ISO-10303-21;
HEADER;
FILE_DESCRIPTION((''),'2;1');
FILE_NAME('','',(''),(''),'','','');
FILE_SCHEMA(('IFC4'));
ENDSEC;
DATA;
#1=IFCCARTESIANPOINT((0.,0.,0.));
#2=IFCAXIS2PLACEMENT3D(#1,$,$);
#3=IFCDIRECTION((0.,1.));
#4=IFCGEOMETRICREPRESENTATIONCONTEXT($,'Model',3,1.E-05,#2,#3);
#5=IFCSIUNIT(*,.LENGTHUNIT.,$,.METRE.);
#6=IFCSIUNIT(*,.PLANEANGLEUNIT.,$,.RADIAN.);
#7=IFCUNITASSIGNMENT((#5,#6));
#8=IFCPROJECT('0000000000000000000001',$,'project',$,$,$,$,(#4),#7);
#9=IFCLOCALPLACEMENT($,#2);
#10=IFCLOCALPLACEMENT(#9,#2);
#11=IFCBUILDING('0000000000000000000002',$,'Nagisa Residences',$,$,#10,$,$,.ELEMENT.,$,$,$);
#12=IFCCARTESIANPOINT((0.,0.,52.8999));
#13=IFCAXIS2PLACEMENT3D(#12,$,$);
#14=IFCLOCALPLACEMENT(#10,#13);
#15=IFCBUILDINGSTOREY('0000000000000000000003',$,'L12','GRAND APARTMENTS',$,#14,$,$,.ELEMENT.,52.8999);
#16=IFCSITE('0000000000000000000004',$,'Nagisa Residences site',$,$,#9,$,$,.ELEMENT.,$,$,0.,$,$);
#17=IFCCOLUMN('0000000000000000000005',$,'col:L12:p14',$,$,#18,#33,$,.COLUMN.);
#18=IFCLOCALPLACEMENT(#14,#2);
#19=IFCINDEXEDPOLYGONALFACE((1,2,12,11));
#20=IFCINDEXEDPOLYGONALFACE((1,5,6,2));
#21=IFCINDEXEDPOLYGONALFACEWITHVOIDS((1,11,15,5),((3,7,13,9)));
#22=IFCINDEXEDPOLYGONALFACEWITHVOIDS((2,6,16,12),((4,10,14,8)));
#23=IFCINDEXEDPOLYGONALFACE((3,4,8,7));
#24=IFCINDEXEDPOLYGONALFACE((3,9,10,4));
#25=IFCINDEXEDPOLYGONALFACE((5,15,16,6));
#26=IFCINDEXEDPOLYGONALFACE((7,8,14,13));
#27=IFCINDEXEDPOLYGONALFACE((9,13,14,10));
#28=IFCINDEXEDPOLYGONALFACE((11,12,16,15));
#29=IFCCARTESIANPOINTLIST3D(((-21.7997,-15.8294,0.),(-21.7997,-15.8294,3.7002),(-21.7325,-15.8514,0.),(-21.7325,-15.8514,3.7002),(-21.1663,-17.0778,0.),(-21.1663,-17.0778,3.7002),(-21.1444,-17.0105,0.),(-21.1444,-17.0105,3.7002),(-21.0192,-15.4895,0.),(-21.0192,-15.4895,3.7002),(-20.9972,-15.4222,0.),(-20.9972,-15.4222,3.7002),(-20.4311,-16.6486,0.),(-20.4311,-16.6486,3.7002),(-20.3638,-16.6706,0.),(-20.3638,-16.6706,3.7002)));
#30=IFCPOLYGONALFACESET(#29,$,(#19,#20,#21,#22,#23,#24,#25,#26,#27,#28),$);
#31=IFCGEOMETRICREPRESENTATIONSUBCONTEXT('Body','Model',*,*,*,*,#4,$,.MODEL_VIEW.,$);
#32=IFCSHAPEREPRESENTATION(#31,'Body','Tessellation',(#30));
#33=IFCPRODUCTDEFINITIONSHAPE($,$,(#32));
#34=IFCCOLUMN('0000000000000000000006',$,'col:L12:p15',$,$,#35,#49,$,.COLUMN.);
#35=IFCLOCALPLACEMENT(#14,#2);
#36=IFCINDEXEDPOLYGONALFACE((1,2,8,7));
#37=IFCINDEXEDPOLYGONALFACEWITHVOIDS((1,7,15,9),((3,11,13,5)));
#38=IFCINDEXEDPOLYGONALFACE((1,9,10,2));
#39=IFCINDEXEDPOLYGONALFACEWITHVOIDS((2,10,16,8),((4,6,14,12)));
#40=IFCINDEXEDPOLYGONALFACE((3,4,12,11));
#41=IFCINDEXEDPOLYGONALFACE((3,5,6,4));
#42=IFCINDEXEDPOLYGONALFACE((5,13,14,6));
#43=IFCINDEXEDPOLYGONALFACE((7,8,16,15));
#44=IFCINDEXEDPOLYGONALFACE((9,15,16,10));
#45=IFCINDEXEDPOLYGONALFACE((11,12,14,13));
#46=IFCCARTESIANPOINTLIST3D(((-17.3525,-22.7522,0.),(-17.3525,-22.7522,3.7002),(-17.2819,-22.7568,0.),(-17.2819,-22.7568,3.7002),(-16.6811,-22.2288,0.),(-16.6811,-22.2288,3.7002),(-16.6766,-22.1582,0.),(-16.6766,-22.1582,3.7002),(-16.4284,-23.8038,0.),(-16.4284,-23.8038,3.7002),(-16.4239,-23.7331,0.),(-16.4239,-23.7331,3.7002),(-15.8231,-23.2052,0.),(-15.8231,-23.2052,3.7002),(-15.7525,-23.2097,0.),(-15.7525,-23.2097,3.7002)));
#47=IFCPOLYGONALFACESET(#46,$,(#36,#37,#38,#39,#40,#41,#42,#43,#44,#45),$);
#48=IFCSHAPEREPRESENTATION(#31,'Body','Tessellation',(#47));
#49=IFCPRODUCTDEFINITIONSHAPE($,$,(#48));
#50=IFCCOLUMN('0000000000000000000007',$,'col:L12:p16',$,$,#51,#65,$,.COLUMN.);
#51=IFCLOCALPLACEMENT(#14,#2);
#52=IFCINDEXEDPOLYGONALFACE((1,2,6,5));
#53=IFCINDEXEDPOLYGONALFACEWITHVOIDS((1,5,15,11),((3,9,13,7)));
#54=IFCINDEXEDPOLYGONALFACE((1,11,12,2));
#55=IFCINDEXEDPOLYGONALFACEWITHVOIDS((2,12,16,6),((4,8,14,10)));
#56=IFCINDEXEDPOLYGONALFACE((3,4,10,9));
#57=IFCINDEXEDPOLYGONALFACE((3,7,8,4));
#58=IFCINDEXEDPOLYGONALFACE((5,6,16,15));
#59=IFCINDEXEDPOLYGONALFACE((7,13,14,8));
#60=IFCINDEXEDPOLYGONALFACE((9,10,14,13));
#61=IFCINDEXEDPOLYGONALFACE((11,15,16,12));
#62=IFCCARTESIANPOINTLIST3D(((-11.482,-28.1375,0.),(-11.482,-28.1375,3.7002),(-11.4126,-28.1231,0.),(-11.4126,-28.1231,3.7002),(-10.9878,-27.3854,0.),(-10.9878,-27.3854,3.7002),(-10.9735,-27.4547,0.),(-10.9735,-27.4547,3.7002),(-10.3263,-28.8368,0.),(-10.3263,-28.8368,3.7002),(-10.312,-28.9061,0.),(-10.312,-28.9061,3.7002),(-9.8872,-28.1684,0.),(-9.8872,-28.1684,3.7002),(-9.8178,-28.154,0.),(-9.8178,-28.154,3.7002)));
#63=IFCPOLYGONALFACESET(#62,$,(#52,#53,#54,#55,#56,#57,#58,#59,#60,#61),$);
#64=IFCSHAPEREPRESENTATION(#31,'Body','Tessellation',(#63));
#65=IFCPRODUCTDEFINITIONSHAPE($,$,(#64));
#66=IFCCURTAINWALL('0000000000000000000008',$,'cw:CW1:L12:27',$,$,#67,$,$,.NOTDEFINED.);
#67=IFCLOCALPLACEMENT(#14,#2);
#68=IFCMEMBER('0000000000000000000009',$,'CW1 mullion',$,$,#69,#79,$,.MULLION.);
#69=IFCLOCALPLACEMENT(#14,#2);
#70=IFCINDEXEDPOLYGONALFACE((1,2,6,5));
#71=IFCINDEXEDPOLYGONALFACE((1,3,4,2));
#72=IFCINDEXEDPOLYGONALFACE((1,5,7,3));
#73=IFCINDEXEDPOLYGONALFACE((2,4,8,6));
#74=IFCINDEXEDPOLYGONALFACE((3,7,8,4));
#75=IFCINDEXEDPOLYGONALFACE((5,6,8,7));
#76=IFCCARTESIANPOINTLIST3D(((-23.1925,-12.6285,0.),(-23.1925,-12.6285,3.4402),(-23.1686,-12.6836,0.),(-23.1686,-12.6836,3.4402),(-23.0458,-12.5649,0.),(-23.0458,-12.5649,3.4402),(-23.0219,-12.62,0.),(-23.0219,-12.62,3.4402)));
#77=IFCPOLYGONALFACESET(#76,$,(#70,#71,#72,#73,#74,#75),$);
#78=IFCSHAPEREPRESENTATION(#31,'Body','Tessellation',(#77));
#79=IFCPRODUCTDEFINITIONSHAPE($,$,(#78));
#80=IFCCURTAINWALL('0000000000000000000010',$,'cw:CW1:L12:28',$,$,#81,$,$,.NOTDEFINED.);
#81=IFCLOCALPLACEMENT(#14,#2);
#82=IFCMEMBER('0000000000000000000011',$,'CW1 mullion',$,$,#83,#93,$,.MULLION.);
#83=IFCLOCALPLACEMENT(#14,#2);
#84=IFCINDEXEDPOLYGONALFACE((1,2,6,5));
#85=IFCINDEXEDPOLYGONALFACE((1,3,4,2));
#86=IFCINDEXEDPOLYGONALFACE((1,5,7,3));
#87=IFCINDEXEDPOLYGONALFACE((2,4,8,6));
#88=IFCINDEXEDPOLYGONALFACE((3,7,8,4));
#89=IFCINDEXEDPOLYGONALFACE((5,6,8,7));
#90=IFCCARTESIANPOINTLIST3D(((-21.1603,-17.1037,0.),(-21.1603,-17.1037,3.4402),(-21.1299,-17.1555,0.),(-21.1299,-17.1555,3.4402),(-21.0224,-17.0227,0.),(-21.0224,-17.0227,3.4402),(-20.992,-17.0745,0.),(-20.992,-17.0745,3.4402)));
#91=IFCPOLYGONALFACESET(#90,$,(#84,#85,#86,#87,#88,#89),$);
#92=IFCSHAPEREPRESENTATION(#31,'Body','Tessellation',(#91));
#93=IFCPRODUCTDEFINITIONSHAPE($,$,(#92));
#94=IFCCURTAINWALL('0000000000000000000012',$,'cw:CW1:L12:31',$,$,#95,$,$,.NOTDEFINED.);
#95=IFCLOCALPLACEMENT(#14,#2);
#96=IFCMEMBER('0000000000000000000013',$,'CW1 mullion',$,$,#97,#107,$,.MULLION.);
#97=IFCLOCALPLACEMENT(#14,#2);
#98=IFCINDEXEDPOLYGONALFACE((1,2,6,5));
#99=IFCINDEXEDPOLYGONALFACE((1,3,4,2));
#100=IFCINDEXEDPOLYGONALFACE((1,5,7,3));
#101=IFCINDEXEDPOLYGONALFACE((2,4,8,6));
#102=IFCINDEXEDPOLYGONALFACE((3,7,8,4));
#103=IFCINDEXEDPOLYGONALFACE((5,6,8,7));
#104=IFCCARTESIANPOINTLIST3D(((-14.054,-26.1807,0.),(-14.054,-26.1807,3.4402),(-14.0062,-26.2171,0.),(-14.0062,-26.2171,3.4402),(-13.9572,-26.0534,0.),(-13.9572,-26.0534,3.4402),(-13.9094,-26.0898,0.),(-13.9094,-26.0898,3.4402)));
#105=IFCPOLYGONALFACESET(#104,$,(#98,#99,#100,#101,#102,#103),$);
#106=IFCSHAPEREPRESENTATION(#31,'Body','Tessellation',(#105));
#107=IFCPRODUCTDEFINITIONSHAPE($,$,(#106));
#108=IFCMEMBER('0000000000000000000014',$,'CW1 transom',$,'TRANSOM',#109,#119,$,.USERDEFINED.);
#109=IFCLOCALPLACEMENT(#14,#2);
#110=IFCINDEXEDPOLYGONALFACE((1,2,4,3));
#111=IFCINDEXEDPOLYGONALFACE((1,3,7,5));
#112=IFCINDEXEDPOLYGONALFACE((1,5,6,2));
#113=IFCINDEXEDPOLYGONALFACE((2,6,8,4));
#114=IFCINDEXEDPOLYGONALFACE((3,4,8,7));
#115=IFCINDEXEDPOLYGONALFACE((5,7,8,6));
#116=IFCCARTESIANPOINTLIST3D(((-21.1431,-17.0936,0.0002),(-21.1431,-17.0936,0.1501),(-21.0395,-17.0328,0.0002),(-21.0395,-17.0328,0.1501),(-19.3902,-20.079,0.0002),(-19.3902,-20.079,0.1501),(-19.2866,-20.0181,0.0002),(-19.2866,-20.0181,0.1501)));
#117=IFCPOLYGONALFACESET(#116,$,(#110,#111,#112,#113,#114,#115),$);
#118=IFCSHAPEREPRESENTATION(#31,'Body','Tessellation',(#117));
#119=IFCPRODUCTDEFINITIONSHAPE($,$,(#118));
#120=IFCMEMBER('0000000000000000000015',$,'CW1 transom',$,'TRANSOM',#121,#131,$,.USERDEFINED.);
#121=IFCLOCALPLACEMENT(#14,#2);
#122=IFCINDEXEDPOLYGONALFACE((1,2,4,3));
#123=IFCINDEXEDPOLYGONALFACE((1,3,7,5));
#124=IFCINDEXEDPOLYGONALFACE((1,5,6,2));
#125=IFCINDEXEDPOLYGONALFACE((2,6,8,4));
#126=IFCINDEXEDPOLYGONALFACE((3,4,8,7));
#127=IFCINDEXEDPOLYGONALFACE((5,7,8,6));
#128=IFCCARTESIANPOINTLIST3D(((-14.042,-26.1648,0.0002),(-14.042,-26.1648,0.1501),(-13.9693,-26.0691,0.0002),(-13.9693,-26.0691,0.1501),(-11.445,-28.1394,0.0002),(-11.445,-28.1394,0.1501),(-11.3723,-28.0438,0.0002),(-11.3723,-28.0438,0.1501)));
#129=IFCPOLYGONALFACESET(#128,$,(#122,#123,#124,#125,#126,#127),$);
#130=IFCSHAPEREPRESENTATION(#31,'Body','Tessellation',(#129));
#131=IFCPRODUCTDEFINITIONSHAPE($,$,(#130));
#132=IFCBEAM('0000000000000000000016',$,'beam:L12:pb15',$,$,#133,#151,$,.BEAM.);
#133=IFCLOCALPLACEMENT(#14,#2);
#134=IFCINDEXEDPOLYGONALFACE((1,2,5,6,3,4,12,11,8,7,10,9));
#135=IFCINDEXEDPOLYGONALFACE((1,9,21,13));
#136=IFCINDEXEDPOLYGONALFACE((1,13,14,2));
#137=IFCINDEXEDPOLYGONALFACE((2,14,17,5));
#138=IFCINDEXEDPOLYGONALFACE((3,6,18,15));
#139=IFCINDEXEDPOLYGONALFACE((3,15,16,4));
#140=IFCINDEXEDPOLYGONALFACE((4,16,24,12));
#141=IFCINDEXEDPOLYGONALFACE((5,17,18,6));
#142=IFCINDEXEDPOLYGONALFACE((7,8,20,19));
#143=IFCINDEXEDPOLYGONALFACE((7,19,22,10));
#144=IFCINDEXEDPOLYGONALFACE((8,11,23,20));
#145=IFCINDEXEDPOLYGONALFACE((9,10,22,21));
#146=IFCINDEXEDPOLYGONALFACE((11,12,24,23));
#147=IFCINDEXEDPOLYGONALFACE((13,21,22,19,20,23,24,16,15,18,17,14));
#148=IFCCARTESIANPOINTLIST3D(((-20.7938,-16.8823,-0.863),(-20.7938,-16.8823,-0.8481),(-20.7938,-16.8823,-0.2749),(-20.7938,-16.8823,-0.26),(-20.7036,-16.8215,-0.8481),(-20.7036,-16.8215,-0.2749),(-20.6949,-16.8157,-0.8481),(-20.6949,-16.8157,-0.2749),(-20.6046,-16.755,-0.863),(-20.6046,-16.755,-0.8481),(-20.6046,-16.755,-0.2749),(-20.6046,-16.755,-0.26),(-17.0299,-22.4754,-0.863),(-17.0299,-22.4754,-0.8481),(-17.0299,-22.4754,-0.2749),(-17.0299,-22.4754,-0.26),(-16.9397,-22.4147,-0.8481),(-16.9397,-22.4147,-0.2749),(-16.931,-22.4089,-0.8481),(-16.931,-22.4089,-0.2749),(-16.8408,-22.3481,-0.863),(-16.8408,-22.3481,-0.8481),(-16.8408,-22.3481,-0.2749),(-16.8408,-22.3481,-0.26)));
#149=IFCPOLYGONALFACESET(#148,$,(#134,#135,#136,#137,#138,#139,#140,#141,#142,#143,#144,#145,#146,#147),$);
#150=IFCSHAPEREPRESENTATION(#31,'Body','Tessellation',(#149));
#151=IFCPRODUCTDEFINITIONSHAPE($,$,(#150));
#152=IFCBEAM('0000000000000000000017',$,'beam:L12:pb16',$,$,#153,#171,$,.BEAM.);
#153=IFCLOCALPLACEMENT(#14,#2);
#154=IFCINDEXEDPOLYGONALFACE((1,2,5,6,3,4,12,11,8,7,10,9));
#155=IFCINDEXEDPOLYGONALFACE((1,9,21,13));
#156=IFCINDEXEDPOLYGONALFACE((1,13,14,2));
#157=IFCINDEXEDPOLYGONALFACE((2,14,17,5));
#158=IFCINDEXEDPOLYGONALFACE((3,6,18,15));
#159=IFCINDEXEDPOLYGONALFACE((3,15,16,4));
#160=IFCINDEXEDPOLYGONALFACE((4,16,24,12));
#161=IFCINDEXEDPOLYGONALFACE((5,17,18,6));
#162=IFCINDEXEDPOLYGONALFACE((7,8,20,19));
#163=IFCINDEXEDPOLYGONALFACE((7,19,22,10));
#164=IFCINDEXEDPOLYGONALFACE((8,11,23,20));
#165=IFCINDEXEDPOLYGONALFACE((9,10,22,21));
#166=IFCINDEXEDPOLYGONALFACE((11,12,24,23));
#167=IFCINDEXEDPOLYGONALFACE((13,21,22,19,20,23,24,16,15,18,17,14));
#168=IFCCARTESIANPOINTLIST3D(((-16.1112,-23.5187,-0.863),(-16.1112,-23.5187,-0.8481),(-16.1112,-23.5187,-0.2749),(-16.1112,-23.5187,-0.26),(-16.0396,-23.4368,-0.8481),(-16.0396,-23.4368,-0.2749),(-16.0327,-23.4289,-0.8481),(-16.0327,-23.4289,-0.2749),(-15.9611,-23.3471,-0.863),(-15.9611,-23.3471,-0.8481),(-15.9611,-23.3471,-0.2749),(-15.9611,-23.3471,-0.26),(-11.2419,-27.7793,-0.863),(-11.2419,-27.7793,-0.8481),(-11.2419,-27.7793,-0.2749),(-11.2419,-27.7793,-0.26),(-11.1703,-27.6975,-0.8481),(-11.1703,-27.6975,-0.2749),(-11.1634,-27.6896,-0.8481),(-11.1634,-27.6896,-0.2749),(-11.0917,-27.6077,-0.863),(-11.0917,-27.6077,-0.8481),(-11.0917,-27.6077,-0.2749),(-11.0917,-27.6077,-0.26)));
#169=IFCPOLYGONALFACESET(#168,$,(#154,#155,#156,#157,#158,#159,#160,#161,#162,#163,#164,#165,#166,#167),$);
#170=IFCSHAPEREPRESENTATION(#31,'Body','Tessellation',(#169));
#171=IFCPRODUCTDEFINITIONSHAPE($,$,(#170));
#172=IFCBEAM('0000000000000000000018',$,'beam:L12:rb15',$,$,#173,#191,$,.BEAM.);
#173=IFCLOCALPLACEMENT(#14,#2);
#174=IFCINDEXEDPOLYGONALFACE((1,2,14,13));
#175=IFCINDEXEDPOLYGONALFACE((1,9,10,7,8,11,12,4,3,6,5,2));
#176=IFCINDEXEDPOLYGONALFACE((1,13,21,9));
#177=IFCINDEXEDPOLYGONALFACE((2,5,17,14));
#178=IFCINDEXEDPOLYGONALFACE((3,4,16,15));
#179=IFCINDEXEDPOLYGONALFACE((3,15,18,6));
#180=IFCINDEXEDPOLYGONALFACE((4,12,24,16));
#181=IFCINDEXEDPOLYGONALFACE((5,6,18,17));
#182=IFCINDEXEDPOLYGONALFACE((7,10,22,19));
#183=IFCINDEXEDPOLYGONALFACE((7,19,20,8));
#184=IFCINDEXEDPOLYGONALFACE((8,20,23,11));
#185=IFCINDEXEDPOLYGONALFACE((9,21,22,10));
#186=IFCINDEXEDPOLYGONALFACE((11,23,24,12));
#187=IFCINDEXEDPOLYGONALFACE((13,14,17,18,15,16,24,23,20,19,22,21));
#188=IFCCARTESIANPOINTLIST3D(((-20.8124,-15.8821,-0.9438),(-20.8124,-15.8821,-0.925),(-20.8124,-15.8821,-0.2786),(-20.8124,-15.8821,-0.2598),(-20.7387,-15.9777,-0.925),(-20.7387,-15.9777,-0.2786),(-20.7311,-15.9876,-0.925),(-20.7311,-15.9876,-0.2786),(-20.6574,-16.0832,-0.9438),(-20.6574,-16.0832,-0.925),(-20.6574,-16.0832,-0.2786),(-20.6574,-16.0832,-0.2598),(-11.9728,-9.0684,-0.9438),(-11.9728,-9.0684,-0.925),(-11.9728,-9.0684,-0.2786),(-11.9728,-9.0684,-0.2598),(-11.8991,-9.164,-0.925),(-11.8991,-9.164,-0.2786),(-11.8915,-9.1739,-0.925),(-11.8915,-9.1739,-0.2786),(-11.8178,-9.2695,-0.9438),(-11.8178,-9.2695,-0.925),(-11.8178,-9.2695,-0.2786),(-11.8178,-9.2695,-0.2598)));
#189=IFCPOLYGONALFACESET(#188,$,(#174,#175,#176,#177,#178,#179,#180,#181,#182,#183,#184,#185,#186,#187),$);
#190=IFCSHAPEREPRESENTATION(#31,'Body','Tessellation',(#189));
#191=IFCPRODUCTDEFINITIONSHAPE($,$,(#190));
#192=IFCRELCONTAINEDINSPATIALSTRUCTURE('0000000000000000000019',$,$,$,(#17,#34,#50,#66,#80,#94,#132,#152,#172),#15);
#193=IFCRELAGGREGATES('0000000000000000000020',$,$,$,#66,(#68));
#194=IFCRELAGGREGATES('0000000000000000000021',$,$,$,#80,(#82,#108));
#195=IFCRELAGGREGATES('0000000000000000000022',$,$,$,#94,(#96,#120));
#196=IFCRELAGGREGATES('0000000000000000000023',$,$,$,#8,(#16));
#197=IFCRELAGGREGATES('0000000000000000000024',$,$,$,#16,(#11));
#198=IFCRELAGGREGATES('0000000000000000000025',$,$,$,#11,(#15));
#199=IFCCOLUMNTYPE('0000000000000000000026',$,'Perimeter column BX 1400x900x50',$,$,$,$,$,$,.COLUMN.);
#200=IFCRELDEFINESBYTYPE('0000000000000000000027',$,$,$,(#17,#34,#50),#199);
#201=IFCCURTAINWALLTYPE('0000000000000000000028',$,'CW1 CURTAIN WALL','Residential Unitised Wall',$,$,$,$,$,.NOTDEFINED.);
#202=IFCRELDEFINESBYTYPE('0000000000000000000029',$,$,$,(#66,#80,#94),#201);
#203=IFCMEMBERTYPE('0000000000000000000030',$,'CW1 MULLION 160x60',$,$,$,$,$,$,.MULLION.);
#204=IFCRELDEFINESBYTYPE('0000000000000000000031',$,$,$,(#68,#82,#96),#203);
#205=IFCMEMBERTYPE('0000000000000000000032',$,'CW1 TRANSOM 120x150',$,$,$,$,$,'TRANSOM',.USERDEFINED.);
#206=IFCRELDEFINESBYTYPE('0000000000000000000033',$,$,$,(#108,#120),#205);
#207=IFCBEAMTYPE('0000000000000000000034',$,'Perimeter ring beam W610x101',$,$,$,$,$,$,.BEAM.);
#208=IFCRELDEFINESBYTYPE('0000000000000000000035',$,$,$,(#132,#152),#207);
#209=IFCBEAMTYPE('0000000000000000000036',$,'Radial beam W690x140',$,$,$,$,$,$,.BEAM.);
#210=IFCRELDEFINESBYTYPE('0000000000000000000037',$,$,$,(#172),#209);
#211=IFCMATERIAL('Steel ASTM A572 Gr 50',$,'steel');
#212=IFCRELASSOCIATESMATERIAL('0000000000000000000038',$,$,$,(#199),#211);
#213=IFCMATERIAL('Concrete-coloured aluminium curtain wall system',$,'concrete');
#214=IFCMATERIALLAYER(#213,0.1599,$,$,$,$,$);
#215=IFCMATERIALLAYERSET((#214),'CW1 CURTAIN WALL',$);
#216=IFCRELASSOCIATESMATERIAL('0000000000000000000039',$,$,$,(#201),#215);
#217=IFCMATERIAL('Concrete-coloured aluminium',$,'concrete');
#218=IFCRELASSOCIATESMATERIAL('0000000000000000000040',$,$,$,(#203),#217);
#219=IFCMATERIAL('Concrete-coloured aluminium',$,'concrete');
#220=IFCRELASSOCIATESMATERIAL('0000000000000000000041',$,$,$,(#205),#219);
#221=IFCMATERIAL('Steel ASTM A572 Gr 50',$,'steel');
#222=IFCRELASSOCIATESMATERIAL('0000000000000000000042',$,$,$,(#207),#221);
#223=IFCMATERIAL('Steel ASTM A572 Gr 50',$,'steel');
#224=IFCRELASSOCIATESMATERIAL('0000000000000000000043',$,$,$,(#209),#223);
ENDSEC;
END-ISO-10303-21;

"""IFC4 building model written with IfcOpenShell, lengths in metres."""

from ifc_helpers import new_model, si_unit, direction, frame, origin, origin_2d, place, context, subcontext, project, spatial, rectangle, hollow_rectangle, i_section, extrude, material, layer, layer_set, material_profile, profile_set, type_object, element, aggregate, save


model = new_model("IFC4")

# Units and contexts
model_context = context("Model", 3, precision=1e-05, world=origin(), true_north=direction((0.0, 1.0)))
body_context = subcontext(model_context, "Body", "Model", "MODEL_VIEW")
ifc_project = project(units=[si_unit("LENGTHUNIT", "METRE"), si_unit("PLANEANGLEUNIT", "RADIAN")], contexts=[model_context])

# Site, building, storey
site_placement = place(None, origin())
site = spatial("IfcSite", under=ifc_project, at=site_placement, Name="Nagisa Residences site", CompositionType="ELEMENT", RefElevation=0.0)
building_placement = place(site_placement, origin())
building = spatial("IfcBuilding", under=site, at=building_placement, Name="Nagisa Residences", CompositionType="ELEMENT")
storey_placement = place(building_placement, frame((0.0, 0.0, 52.8999)))
storey = spatial("IfcBuildingStorey", under=building, at=storey_placement, Name="L12", Description="GRAND APARTMENTS", CompositionType="ELEMENT", Elevation=52.8999)

# Columns
ifc_material_1 = material(Name="Steel ASTM A572 Gr 50", Category="steel")
ifc_material_profile_1 = material_profile(ifc_material_1, hollow_rectangle(XDim=1.3999, YDim=0.8999, WallThickness=0.05, at=origin_2d()), Name="BX 1400x900x50")
ifc_profile_set_1 = profile_set([ifc_material_profile_1], Name="Steel ASTM A572 Gr 50")
column_type = type_object("IfcColumnType", Name="Perimeter column BX 1400x900x50", PredefinedType="COLUMN", material=ifc_profile_set_1)
for number, where, z_axis, x_axis, name in (
    (1, (-21.0818, -16.25, 0.0), (0.0, 0.0, 1.0), (0.452463, -0.891783, 0.0), "col:L12:p14"),
    (2, (-16.5525, -22.981, 0.0), (0.0, 0.0, 1.0), (0.660115, -0.751165, 0.0), "col:L12:p15"),
    (3, (-10.6499, -28.1458, 0.0), (0.0, 0.0, 1.0), (0.835766, -0.549086, 0.0), "col:L12:p16"),
):
    element("IfcColumn", number, at=place(storey_placement, frame(where, z_axis=z_axis, x_axis=x_axis)), inside=storey, type_object=column_type, Name=name, PredefinedType="COLUMN", context=body_context, shape_type="SweptSolid", body=[
        extrude(hollow_rectangle(XDim=1.3999, YDim=0.8999, WallThickness=0.05, at=origin_2d()), origin(), (0.0, 0.0, 1.0), 3.7002),
    ])

# Curtain walls, members
ifc_material_2 = material(Name="Concrete-coloured aluminium curtain wall system", Category="concrete")
ifc_layer_1 = layer(ifc_material_2, 0.1599)
ifc_layer_set_1 = layer_set([ifc_layer_1], Name="CW1 CURTAIN WALL")
curtain_wall_type = type_object("IfcCurtainWallType", Name="CW1 CURTAIN WALL", Description="Residential Unitised Wall", PredefinedType="NOTDEFINED", material=ifc_layer_set_1)
curtain_wall_1_placement = place(storey_placement, origin())
curtain_wall_1 = element("IfcCurtainWall", 4, at=curtain_wall_1_placement, inside=storey, type_object=curtain_wall_type, Name="cw:CW1:L12:27", PredefinedType="NOTDEFINED")
ifc_material_3 = material(Name="Concrete-coloured aluminium", Category="concrete")
ifc_material_profile_2 = material_profile(ifc_material_3, rectangle(XDim=0.1599, YDim=0.0601, at=origin_2d()), Name="CW1 MULLION 160x60")
ifc_profile_set_2 = profile_set([ifc_material_profile_2], Name="Concrete-coloured aluminium")
member_type_1 = type_object("IfcMemberType", Name="CW1 MULLION 160x60", PredefinedType="MULLION", material=ifc_profile_set_2)
member_1_placement = place(storey_placement, frame((-23.1072, -12.6243, 0.0), z_axis=(0.0, 0.0, 1.0), x_axis=(0.917543, 0.397636, 0.0)))
member_1 = element("IfcMember", 5, at=member_1_placement, type_object=member_type_1, Name="CW1 mullion", PredefinedType="MULLION", context=body_context, shape_type="SweptSolid", body=[
    extrude(rectangle(XDim=0.1599, YDim=0.0601, at=origin_2d()), origin(), (0.0, 0.0, 1.0), 3.4402),
])
curtain_wall_2_placement = place(storey_placement, origin())
curtain_wall_2 = element("IfcCurtainWall", 6, at=curtain_wall_2_placement, inside=storey, type_object=curtain_wall_type, Name="cw:CW1:L12:28", PredefinedType="NOTDEFINED")
member_2_placement = place(storey_placement, frame((-21.0762, -17.0891, 0.0), z_axis=(0.0, 0.0, 1.0), x_axis=(0.862329, 0.506349, 0.0)))
member_2 = element("IfcMember", 7, at=member_2_placement, type_object=member_type_1, Name="CW1 mullion", PredefinedType="MULLION", context=body_context, shape_type="SweptSolid", body=[
    extrude(rectangle(XDim=0.1599, YDim=0.0601, at=origin_2d()), origin(), (0.0, 0.0, 1.0), 3.4402),
])
curtain_wall_3_placement = place(storey_placement, origin())
curtain_wall_3 = element("IfcCurtainWall", 8, at=curtain_wall_3_placement, inside=storey, type_object=curtain_wall_type, Name="cw:CW1:L12:31", PredefinedType="NOTDEFINED")
member_3_placement = place(storey_placement, frame((-13.9817, -26.1353, 0.0), z_axis=(0.0, 0.0, 1.0), x_axis=(0.605255, 0.796031, 0.0)))
member_3 = element("IfcMember", 9, at=member_3_placement, type_object=member_type_1, Name="CW1 mullion", PredefinedType="MULLION", context=body_context, shape_type="SweptSolid", body=[
    extrude(rectangle(XDim=0.1599, YDim=0.0601, at=origin_2d()), origin(), (0.0, 0.0, 1.0), 3.4402),
])

# Members
ifc_material_4 = material(Name="Concrete-coloured aluminium", Category="concrete")
ifc_material_profile_3 = material_profile(ifc_material_4, rectangle(XDim=0.1201, YDim=0.1499, at=origin_2d()), Name="CW1 TRANSOM 120x150")
ifc_profile_set_3 = profile_set([ifc_material_profile_3], Name="Concrete-coloured aluminium")
member_type_2 = type_object("IfcMemberType", Name="CW1 TRANSOM 120x150", ElementType="TRANSOM", PredefinedType="USERDEFINED", material=ifc_profile_set_3)
member_4_placement = place(storey_placement, frame((-21.0913, -17.0632, 0.0752), z_axis=(0.506342, -0.862333, 0.0), x_axis=(0.862333, 0.506342, 0.0)))
member_4 = element("IfcMember", 10, at=member_4_placement, type_object=member_type_2, Name="CW1 transom", ObjectType="TRANSOM", PredefinedType="USERDEFINED", context=body_context, shape_type="SweptSolid", body=[
    extrude(rectangle(XDim=0.1201, YDim=0.1499, at=origin_2d()), origin(), (0.0, 0.0, 1.0), 3.4619),
])
member_5_placement = place(storey_placement, frame((-14.0056, -26.1169, 0.0752), z_axis=(0.796022, -0.605267, 0.0), x_axis=(0.605267, 0.796022, 0.0)))
member_5 = element("IfcMember", 11, at=member_5_placement, type_object=member_type_2, Name="CW1 transom", ObjectType="TRANSOM", PredefinedType="USERDEFINED", context=body_context, shape_type="SweptSolid", body=[
    extrude(rectangle(XDim=0.1201, YDim=0.1499, at=origin_2d()), origin(), (0.0, 0.0, 1.0), 3.2625),
])

# Beams
ifc_material_5 = material(Name="Steel ASTM A572 Gr 50", Category="steel")
ifc_material_profile_4 = material_profile(ifc_material_5, i_section(OverallWidth=0.228, OverallDepth=0.603, WebThickness=0.0105, FlangeThickness=0.0149, at=origin_2d()), Name="W610x101")
ifc_profile_set_4 = profile_set([ifc_material_profile_4], Name="Steel ASTM A572 Gr 50")
beam_type_1 = type_object("IfcBeamType", Name="Perimeter ring beam W610x101", PredefinedType="BEAM", material=ifc_profile_set_4)
beam_1_placement = place(storey_placement, frame((-20.6992, -16.8186, -0.5615), z_axis=(0.558297, -0.829641, 0.0), x_axis=(0.829641, 0.558297, 0.0)))
element("IfcBeam", 12, at=beam_1_placement, inside=storey, type_object=beam_type_1, Name="beam:L12:pb15", PredefinedType="BEAM", context=body_context, shape_type="SweptSolid", body=[
    extrude(i_section(OverallWidth=0.228, OverallDepth=0.603, WebThickness=0.0105, FlangeThickness=0.0149, at=origin_2d()), origin(), (0.0, 0.0, 1.0), 6.7417),
])
beam_2_placement = place(storey_placement, frame((-16.0361, -23.4329, -0.5615), z_axis=(0.752574, -0.658507, 0.0), x_axis=(0.658507, 0.752574, 0.0)))
element("IfcBeam", 13, at=beam_2_placement, inside=storey, type_object=beam_type_1, Name="beam:L12:pb16", PredefinedType="BEAM", context=body_context, shape_type="SweptSolid", body=[
    extrude(i_section(OverallWidth=0.228, OverallDepth=0.603, WebThickness=0.0105, FlangeThickness=0.0149, at=origin_2d()), origin(), (0.0, 0.0, 1.0), 6.4702),
])
ifc_material_6 = material(Name="Steel ASTM A572 Gr 50", Category="steel")
ifc_material_profile_5 = material_profile(ifc_material_6, i_section(OverallWidth=0.2539, OverallDepth=0.6841, WebThickness=0.0125, FlangeThickness=0.0188, at=origin_2d()), Name="W690x140")
ifc_profile_set_5 = profile_set([ifc_material_profile_5], Name="Steel ASTM A572 Gr 50")
beam_type_2 = type_object("IfcBeamType", Name="Radial beam W690x140", PredefinedType="BEAM", material=ifc_profile_set_5)
beam_3_placement = place(storey_placement, frame((-20.7349, -15.9827, -0.6018), z_axis=(0.792016, 0.6105, 0.0), x_axis=(-0.6105, 0.792016, 0.0)))
element("IfcBeam", 14, at=beam_3_placement, inside=storey, type_object=beam_type_2, Name="beam:L12:rb15", PredefinedType="BEAM", context=body_context, shape_type="SweptSolid", body=[
    extrude(i_section(OverallWidth=0.2539, OverallDepth=0.6841, WebThickness=0.0125, FlangeThickness=0.0188, at=origin_2d()), origin(), (0.0, 0.0, 1.0), 11.1609),
])

aggregate(curtain_wall_1, [member_1])
aggregate(curtain_wall_2, [member_2, member_4])
aggregate(curtain_wall_3, [member_3, member_5])

save(model, "model.ifc")
